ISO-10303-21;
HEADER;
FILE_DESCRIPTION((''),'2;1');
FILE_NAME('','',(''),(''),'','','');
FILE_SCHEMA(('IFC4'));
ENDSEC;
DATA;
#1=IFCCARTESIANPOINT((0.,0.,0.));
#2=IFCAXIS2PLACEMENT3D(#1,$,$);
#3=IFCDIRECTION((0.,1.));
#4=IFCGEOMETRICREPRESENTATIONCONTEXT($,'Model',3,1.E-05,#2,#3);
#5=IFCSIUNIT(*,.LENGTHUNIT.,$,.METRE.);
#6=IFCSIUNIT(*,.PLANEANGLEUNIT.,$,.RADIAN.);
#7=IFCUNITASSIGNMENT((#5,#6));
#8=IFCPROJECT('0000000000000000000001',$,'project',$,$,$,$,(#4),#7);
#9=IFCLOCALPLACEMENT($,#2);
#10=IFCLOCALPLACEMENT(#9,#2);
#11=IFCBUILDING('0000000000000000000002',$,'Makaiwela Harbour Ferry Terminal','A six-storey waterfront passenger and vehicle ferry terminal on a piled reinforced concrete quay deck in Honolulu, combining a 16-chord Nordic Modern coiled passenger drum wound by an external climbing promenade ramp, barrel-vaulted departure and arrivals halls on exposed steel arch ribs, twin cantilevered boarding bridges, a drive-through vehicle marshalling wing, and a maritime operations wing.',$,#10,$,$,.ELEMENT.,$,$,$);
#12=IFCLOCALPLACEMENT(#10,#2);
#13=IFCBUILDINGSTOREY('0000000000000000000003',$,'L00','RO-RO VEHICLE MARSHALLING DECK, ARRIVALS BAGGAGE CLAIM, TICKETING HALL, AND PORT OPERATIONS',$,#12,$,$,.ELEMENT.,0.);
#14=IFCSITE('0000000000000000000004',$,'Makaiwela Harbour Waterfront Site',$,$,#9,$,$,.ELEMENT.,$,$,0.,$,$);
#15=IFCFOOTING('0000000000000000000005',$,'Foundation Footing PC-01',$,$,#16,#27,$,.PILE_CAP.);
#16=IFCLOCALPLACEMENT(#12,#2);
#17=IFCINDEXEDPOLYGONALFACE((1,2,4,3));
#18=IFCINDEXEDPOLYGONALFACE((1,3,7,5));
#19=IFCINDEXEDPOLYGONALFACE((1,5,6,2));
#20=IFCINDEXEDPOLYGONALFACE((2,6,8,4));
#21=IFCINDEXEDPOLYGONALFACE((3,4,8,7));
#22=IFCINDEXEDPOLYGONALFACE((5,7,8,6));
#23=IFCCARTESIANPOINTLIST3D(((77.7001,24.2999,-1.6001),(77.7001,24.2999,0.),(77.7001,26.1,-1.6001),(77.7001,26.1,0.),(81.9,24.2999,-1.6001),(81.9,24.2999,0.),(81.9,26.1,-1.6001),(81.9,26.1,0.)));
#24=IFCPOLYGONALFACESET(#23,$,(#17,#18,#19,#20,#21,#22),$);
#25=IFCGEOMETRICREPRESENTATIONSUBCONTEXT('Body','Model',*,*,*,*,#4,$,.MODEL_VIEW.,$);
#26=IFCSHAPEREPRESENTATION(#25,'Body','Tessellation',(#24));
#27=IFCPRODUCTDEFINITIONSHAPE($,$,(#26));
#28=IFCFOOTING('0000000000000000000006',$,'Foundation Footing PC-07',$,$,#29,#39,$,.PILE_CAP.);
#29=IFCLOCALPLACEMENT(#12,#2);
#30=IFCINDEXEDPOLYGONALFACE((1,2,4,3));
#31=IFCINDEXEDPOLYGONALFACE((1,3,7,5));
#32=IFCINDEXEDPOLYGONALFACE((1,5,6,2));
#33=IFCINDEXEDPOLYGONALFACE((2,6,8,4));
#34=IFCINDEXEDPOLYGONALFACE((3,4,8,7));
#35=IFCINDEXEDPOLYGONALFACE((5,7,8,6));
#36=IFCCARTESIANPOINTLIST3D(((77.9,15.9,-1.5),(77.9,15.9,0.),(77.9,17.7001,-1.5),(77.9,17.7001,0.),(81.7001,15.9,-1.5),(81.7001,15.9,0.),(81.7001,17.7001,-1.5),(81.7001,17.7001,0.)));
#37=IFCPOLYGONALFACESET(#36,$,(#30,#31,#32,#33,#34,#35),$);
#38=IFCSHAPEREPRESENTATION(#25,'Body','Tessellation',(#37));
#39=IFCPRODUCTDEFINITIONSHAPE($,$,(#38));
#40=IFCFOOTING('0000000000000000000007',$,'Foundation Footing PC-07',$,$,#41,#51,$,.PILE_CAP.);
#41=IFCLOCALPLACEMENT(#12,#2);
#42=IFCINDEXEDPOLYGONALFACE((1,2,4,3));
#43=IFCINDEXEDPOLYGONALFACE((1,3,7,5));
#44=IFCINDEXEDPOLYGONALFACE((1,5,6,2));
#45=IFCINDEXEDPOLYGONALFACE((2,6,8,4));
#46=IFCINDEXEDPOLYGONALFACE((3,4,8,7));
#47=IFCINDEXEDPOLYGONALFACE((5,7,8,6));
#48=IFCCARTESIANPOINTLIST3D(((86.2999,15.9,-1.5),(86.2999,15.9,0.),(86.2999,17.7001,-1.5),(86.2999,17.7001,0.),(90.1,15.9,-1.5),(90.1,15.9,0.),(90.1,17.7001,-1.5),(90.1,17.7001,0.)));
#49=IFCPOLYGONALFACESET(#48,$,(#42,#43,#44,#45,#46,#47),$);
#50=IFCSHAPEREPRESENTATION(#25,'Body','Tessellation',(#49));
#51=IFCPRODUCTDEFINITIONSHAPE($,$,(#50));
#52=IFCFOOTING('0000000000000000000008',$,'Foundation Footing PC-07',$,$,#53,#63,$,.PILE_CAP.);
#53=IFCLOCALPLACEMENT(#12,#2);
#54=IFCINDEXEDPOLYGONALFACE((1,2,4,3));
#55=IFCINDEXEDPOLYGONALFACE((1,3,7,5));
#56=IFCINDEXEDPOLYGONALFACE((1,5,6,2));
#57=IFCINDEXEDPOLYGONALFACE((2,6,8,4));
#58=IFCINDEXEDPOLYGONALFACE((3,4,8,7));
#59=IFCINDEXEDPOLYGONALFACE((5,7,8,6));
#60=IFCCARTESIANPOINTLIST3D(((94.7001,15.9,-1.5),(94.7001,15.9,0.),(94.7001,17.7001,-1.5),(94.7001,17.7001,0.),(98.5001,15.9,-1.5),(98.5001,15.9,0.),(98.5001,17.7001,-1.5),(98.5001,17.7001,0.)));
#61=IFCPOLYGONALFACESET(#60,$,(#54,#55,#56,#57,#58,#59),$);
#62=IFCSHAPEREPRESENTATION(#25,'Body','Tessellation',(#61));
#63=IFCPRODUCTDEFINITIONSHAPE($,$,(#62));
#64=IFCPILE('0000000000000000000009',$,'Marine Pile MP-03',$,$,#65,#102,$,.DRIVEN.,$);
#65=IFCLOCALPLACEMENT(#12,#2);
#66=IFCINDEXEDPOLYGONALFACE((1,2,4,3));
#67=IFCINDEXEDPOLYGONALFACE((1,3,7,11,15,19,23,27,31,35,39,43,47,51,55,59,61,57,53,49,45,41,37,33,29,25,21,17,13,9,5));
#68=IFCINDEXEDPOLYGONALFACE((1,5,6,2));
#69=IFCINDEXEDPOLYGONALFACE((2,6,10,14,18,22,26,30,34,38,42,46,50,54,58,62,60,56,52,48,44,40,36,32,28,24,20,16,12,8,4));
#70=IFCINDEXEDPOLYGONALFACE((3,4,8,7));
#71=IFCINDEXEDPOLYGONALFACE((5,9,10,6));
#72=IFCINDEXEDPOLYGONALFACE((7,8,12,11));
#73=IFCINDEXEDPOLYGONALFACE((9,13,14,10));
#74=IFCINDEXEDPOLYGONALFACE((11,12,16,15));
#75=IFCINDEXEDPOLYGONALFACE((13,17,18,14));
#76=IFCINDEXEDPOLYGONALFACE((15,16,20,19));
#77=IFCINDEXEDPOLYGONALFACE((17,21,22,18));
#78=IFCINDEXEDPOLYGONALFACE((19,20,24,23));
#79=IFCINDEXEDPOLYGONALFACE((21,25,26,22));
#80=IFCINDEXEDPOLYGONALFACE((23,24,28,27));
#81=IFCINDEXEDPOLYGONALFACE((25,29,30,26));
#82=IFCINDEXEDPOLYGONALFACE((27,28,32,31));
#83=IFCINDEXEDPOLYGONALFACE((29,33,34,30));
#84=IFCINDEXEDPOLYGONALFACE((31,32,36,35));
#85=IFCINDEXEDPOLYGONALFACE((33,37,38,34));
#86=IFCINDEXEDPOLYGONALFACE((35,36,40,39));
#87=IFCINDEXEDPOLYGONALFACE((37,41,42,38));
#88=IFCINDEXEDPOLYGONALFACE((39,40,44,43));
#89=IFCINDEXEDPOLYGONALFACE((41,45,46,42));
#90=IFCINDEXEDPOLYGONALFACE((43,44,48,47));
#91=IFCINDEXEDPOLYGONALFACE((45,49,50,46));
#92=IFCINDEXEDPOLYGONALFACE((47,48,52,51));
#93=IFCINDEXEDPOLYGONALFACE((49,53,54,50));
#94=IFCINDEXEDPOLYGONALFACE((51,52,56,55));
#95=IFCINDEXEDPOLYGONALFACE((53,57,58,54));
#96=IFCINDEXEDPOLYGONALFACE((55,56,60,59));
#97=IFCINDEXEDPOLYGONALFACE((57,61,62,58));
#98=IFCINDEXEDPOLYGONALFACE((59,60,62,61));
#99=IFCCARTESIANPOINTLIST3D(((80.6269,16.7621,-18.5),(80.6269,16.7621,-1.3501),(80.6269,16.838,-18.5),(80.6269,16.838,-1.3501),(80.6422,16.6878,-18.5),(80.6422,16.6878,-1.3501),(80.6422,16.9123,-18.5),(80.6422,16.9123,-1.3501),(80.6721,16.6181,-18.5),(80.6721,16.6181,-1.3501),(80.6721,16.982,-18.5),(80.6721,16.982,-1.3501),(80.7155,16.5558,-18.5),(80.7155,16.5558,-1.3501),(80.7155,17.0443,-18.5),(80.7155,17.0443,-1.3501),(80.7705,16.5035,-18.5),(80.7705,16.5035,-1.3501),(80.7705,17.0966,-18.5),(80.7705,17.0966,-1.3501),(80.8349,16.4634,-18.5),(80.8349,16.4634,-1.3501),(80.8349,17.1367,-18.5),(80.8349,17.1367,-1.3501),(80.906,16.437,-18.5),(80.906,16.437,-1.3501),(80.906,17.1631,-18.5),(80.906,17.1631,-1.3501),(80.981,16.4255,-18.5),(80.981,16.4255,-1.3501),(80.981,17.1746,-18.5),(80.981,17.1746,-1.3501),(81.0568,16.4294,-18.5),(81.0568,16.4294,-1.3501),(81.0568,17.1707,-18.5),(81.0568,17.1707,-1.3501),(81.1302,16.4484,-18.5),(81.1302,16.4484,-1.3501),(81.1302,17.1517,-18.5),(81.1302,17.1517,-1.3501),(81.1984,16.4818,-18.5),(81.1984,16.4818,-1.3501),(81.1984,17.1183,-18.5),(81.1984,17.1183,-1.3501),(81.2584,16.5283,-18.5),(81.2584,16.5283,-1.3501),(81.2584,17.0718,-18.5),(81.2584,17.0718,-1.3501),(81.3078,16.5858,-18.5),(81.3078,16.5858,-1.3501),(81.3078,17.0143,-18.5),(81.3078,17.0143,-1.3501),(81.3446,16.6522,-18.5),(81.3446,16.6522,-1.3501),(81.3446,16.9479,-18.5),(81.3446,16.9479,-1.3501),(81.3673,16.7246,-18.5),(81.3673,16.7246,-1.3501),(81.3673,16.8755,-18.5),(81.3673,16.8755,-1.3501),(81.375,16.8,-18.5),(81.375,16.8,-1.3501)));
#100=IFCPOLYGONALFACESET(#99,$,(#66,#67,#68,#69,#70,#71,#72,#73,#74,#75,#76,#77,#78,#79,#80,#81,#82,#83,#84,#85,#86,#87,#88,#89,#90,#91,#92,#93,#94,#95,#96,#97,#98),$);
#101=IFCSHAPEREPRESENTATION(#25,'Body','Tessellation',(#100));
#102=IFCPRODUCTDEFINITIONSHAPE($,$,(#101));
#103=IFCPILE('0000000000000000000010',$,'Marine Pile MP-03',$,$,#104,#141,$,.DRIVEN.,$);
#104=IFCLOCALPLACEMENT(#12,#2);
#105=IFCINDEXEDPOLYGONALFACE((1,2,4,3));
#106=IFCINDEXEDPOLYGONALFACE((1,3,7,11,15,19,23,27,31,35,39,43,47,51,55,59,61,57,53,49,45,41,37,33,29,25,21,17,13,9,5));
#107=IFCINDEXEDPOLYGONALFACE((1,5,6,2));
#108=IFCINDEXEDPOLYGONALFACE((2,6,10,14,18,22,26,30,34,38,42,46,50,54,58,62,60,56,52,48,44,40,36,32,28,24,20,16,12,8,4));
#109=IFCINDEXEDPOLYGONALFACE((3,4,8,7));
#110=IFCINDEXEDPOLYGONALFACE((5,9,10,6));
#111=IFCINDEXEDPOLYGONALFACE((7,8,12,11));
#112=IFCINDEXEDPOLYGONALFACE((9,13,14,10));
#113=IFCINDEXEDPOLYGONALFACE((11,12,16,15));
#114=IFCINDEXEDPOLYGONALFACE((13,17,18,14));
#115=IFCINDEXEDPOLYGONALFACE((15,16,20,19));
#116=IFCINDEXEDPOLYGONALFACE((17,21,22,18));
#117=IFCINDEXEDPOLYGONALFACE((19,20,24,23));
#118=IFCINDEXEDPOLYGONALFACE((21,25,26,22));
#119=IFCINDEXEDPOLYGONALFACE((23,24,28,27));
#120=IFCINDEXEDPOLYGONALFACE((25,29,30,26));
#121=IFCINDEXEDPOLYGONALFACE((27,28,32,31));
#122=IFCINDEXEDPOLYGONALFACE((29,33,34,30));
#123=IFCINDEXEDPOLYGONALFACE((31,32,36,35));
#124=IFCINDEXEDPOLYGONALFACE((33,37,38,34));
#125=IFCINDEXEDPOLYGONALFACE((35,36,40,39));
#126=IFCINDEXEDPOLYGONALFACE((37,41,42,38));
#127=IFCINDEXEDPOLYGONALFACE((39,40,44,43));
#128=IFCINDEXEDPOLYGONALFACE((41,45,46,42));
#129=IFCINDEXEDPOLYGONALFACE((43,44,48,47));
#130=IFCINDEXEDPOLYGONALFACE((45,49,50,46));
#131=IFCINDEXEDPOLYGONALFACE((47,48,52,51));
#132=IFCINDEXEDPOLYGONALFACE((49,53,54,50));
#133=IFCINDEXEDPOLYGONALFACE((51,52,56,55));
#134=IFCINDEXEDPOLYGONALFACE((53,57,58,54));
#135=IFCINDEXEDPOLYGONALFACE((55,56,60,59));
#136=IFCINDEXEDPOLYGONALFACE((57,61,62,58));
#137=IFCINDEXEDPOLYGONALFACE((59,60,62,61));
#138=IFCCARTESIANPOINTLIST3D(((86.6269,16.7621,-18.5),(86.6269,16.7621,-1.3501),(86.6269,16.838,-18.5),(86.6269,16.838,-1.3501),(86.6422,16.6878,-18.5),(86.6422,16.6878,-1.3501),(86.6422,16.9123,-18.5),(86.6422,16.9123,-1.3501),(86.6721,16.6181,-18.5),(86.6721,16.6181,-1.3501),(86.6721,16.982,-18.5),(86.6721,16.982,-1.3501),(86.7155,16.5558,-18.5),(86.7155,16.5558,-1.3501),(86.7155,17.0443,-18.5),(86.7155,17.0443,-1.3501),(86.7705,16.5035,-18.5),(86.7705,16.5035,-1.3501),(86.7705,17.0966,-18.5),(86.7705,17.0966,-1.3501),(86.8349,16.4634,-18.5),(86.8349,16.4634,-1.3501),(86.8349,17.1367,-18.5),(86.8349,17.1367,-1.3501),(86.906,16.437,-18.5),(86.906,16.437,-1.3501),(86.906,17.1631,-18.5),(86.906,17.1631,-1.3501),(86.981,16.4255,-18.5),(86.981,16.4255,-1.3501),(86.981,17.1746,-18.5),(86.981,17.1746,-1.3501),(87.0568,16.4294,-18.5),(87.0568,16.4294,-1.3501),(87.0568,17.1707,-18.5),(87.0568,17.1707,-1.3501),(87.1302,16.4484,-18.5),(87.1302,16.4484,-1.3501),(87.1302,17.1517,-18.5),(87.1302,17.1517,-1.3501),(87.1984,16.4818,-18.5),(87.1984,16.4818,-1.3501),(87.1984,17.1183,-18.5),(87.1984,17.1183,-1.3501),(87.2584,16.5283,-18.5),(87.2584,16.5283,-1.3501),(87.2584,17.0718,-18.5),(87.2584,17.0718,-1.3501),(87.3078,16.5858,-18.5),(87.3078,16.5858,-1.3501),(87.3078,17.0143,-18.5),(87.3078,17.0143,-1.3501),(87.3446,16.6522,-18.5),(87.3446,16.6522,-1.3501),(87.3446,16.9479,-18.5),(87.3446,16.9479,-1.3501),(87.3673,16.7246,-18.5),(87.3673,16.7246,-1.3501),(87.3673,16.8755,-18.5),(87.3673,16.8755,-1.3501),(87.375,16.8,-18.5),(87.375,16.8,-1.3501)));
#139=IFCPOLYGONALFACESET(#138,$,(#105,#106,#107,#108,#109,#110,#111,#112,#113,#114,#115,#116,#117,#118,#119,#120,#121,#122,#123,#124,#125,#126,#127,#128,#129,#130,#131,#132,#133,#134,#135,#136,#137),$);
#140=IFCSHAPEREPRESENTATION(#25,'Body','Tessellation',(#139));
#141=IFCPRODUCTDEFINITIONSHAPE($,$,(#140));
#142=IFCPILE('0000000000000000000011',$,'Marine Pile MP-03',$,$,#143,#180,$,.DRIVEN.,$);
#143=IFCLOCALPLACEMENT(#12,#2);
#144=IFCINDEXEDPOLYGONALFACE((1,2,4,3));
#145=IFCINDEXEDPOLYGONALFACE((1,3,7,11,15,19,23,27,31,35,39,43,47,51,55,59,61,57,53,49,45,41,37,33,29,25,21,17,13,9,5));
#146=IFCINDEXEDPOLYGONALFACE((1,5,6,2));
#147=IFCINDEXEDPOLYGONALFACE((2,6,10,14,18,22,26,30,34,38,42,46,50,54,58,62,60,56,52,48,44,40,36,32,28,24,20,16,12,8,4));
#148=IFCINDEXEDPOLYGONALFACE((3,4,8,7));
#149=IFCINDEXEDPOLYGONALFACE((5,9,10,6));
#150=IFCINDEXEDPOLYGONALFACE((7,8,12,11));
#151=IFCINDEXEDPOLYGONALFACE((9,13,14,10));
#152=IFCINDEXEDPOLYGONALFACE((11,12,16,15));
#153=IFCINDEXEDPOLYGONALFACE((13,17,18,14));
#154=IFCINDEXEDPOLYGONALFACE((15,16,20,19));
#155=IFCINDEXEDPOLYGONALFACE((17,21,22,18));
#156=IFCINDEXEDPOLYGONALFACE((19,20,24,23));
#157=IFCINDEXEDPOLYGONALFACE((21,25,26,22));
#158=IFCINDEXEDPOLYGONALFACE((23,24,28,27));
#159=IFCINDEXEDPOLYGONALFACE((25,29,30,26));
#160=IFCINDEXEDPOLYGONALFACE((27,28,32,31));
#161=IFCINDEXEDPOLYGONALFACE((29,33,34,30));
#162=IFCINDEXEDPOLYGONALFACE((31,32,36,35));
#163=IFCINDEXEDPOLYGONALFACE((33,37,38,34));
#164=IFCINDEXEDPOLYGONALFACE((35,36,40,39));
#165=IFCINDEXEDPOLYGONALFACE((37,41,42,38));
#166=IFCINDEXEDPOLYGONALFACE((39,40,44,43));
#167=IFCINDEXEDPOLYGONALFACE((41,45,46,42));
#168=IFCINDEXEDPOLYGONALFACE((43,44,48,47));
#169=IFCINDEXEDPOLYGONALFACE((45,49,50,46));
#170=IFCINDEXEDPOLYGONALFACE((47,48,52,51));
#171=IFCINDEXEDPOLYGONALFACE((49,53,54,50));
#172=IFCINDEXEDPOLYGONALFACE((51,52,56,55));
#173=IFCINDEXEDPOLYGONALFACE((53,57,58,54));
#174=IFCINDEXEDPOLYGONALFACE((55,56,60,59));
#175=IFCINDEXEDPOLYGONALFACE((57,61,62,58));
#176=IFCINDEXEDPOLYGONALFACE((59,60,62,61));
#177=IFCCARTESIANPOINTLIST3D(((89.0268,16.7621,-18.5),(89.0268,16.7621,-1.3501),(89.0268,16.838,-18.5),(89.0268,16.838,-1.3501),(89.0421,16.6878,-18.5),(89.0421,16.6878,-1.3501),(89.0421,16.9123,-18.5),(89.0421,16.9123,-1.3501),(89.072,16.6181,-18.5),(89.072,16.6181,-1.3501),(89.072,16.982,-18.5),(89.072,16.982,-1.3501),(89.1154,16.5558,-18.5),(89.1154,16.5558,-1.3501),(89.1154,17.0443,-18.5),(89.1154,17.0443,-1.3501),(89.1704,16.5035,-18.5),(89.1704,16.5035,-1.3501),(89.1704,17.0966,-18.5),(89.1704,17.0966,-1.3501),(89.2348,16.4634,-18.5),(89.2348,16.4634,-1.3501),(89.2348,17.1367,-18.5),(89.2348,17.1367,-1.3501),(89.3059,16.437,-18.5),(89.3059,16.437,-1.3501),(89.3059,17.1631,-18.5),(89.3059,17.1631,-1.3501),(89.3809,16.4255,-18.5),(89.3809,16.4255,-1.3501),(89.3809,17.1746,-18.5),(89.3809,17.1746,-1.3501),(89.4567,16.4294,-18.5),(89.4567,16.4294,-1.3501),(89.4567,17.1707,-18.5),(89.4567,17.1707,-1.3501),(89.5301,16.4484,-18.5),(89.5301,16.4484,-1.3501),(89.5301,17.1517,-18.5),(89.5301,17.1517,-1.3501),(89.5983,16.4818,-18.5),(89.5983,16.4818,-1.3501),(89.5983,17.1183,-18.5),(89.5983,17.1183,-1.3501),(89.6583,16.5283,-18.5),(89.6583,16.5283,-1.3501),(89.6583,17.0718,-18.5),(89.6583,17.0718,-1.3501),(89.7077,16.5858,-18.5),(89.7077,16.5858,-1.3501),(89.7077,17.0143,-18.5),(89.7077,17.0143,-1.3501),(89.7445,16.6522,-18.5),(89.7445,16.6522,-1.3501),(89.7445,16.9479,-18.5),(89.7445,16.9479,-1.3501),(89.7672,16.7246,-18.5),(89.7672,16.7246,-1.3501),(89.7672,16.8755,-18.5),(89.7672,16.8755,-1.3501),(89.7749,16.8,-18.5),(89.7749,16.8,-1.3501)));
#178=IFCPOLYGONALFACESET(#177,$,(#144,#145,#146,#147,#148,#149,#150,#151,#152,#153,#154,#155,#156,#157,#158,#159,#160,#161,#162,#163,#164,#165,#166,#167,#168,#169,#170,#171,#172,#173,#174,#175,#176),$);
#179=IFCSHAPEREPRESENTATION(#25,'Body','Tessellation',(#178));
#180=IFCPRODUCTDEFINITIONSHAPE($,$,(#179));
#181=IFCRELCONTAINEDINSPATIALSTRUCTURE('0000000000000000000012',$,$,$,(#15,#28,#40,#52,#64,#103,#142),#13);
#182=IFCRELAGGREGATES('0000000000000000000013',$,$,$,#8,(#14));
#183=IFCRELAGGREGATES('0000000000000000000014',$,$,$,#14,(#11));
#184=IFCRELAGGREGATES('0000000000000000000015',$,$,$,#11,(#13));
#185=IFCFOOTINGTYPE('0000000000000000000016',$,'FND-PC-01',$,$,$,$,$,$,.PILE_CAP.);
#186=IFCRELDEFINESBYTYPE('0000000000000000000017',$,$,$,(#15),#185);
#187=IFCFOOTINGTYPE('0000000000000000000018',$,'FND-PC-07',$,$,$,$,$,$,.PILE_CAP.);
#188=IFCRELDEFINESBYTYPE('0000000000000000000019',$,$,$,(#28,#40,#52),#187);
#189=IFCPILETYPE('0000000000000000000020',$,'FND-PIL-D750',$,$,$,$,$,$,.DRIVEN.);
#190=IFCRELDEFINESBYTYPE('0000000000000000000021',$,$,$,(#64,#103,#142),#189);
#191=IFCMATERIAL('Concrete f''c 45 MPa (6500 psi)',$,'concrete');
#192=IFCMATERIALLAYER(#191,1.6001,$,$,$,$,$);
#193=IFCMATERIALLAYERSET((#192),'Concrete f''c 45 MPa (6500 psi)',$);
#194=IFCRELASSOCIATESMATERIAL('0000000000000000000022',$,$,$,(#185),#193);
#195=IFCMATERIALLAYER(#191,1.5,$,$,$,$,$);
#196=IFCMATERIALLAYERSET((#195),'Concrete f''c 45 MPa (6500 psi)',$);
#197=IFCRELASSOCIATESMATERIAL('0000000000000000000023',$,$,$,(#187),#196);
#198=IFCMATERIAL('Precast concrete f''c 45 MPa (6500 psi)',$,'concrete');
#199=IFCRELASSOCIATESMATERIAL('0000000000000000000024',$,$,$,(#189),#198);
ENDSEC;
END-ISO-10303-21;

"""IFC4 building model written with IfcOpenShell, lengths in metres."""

from ifc_helpers import new_model, si_unit, direction, frame, origin, origin_2d, place, context, subcontext, project, spatial, rectangle, circle, extrude, material, layer, layer_set, material_profile, profile_set, type_object, element, save


model = new_model("IFC4")

# Units and contexts
model_context = context("Model", 3, precision=1e-05, world=origin(), true_north=direction((0.0, 1.0)))
body_context = subcontext(model_context, "Body", "Model", "MODEL_VIEW")
ifc_project = project(units=[si_unit("LENGTHUNIT", "METRE"), si_unit("PLANEANGLEUNIT", "RADIAN")], contexts=[model_context])

# Site, building, storey
site_placement = place(None, origin())
site = spatial("IfcSite", under=ifc_project, at=site_placement, Name="Makaiwela Harbour Waterfront Site", CompositionType="ELEMENT", RefElevation=0.0)
building_placement = place(site_placement, origin())
building = spatial("IfcBuilding", under=site, at=building_placement, Name="Makaiwela Harbour Ferry Terminal", Description="A six-storey waterfront passenger and vehicle ferry terminal on a piled reinforced concrete quay deck in Honolulu, combining a 16-chord Nordic Modern coiled passenger drum wound by an external climbing promenade ramp, barrel-vaulted departure and arrivals halls on exposed steel arch ribs, twin cantilevered boarding bridges, a drive-through vehicle marshalling wing, and a maritime operations wing.", CompositionType="ELEMENT")
storey_placement = place(building_placement, origin())
storey = spatial("IfcBuildingStorey", under=building, at=storey_placement, Name="L00", Description="RO-RO VEHICLE MARSHALLING DECK, ARRIVALS BAGGAGE CLAIM, TICKETING HALL, AND PORT OPERATIONS", CompositionType="ELEMENT", Elevation=0.0)

# Footings
ifc_material_1 = material(Name="Concrete f'c 45 MPa (6500 psi)", Category="concrete")
ifc_layer_1 = layer(ifc_material_1, 1.6001)
ifc_layer_set_1 = layer_set([ifc_layer_1], Name="Concrete f'c 45 MPa (6500 psi)")
footing_type_1 = type_object("IfcFootingType", Name="FND-PC-01", PredefinedType="PILE_CAP", material=ifc_layer_set_1)
footing_1_placement = place(storey_placement, frame((79.8, 25.2, -1.6001), z_axis=(0.0, 0.0, 1.0), x_axis=(1.0, 0.0, 0.0)))
element("IfcFooting", 1, at=footing_1_placement, inside=storey, type_object=footing_type_1, Name="Foundation Footing PC-01", PredefinedType="PILE_CAP", context=body_context, shape_type="SweptSolid", body=[
    extrude(rectangle(XDim=4.2, YDim=1.8, at=origin_2d()), origin(), (0.0, 0.0, 1.0), 1.6001),
])
ifc_layer_2 = layer(ifc_material_1, 1.5)
ifc_layer_set_2 = layer_set([ifc_layer_2], Name="Concrete f'c 45 MPa (6500 psi)")
footing_type_2 = type_object("IfcFootingType", Name="FND-PC-07", PredefinedType="PILE_CAP", material=ifc_layer_set_2)
for number, where, z_axis, x_axis, name in (
    (2, (79.8, 16.8, -1.5), (0.0, 0.0, 1.0), (1.0, 0.0, 0.0), "Foundation Footing PC-07"),
    (3, (88.2, 16.8, -1.5), (0.0, 0.0, 1.0), (1.0, 0.0, 0.0), "Foundation Footing PC-07"),
    (4, (96.6001, 16.8, -1.5), (0.0, 0.0, 1.0), (1.0, 0.0, 0.0), "Foundation Footing PC-07"),
):
    element("IfcFooting", number, at=place(storey_placement, frame(where, z_axis=z_axis, x_axis=x_axis)), inside=storey, type_object=footing_type_2, Name=name, PredefinedType="PILE_CAP", context=body_context, shape_type="SweptSolid", body=[
        extrude(rectangle(XDim=3.8, YDim=1.8, at=origin_2d()), origin(), (0.0, 0.0, 1.0), 1.5),
    ])

# Piles
ifc_material_2 = material(Name="Precast concrete f'c 45 MPa (6500 psi)", Category="concrete")
ifc_material_profile_1 = material_profile(ifc_material_2, circle(Radius=0.375, at=origin_2d()), Name="PILE-D750")
ifc_profile_set_1 = profile_set([ifc_material_profile_1], Name="Precast concrete f'c 45 MPa (6500 psi)")
pile_type_1 = type_object("IfcPileType", Name="FND-PIL-D750", PredefinedType="DRIVEN", material=ifc_profile_set_1)
for number, where, z_axis, x_axis, name in (
    (5, (81.0, 16.8, -1.3501), (0.0, 0.0, -1.0), (1.0, 0.0, 0.0), "Marine Pile MP-03"),
    (6, (87.0, 16.8, -1.3501), (0.0, 0.0, -1.0), (1.0, 0.0, 0.0), "Marine Pile MP-03"),
    (7, (89.3999, 16.8, -1.3501), (0.0, 0.0, -1.0), (1.0, 0.0, 0.0), "Marine Pile MP-03"),
):
    element("IfcPile", number, at=place(storey_placement, frame(where, z_axis=z_axis, x_axis=x_axis)), inside=storey, type_object=pile_type_1, Name=name, PredefinedType="DRIVEN", context=body_context, shape_type="SweptSolid", body=[
        extrude(circle(Radius=0.375, at=origin_2d()), origin(), (0.0, 0.0, 1.0), 17.1499),
    ])

save(model, "model.ifc")
